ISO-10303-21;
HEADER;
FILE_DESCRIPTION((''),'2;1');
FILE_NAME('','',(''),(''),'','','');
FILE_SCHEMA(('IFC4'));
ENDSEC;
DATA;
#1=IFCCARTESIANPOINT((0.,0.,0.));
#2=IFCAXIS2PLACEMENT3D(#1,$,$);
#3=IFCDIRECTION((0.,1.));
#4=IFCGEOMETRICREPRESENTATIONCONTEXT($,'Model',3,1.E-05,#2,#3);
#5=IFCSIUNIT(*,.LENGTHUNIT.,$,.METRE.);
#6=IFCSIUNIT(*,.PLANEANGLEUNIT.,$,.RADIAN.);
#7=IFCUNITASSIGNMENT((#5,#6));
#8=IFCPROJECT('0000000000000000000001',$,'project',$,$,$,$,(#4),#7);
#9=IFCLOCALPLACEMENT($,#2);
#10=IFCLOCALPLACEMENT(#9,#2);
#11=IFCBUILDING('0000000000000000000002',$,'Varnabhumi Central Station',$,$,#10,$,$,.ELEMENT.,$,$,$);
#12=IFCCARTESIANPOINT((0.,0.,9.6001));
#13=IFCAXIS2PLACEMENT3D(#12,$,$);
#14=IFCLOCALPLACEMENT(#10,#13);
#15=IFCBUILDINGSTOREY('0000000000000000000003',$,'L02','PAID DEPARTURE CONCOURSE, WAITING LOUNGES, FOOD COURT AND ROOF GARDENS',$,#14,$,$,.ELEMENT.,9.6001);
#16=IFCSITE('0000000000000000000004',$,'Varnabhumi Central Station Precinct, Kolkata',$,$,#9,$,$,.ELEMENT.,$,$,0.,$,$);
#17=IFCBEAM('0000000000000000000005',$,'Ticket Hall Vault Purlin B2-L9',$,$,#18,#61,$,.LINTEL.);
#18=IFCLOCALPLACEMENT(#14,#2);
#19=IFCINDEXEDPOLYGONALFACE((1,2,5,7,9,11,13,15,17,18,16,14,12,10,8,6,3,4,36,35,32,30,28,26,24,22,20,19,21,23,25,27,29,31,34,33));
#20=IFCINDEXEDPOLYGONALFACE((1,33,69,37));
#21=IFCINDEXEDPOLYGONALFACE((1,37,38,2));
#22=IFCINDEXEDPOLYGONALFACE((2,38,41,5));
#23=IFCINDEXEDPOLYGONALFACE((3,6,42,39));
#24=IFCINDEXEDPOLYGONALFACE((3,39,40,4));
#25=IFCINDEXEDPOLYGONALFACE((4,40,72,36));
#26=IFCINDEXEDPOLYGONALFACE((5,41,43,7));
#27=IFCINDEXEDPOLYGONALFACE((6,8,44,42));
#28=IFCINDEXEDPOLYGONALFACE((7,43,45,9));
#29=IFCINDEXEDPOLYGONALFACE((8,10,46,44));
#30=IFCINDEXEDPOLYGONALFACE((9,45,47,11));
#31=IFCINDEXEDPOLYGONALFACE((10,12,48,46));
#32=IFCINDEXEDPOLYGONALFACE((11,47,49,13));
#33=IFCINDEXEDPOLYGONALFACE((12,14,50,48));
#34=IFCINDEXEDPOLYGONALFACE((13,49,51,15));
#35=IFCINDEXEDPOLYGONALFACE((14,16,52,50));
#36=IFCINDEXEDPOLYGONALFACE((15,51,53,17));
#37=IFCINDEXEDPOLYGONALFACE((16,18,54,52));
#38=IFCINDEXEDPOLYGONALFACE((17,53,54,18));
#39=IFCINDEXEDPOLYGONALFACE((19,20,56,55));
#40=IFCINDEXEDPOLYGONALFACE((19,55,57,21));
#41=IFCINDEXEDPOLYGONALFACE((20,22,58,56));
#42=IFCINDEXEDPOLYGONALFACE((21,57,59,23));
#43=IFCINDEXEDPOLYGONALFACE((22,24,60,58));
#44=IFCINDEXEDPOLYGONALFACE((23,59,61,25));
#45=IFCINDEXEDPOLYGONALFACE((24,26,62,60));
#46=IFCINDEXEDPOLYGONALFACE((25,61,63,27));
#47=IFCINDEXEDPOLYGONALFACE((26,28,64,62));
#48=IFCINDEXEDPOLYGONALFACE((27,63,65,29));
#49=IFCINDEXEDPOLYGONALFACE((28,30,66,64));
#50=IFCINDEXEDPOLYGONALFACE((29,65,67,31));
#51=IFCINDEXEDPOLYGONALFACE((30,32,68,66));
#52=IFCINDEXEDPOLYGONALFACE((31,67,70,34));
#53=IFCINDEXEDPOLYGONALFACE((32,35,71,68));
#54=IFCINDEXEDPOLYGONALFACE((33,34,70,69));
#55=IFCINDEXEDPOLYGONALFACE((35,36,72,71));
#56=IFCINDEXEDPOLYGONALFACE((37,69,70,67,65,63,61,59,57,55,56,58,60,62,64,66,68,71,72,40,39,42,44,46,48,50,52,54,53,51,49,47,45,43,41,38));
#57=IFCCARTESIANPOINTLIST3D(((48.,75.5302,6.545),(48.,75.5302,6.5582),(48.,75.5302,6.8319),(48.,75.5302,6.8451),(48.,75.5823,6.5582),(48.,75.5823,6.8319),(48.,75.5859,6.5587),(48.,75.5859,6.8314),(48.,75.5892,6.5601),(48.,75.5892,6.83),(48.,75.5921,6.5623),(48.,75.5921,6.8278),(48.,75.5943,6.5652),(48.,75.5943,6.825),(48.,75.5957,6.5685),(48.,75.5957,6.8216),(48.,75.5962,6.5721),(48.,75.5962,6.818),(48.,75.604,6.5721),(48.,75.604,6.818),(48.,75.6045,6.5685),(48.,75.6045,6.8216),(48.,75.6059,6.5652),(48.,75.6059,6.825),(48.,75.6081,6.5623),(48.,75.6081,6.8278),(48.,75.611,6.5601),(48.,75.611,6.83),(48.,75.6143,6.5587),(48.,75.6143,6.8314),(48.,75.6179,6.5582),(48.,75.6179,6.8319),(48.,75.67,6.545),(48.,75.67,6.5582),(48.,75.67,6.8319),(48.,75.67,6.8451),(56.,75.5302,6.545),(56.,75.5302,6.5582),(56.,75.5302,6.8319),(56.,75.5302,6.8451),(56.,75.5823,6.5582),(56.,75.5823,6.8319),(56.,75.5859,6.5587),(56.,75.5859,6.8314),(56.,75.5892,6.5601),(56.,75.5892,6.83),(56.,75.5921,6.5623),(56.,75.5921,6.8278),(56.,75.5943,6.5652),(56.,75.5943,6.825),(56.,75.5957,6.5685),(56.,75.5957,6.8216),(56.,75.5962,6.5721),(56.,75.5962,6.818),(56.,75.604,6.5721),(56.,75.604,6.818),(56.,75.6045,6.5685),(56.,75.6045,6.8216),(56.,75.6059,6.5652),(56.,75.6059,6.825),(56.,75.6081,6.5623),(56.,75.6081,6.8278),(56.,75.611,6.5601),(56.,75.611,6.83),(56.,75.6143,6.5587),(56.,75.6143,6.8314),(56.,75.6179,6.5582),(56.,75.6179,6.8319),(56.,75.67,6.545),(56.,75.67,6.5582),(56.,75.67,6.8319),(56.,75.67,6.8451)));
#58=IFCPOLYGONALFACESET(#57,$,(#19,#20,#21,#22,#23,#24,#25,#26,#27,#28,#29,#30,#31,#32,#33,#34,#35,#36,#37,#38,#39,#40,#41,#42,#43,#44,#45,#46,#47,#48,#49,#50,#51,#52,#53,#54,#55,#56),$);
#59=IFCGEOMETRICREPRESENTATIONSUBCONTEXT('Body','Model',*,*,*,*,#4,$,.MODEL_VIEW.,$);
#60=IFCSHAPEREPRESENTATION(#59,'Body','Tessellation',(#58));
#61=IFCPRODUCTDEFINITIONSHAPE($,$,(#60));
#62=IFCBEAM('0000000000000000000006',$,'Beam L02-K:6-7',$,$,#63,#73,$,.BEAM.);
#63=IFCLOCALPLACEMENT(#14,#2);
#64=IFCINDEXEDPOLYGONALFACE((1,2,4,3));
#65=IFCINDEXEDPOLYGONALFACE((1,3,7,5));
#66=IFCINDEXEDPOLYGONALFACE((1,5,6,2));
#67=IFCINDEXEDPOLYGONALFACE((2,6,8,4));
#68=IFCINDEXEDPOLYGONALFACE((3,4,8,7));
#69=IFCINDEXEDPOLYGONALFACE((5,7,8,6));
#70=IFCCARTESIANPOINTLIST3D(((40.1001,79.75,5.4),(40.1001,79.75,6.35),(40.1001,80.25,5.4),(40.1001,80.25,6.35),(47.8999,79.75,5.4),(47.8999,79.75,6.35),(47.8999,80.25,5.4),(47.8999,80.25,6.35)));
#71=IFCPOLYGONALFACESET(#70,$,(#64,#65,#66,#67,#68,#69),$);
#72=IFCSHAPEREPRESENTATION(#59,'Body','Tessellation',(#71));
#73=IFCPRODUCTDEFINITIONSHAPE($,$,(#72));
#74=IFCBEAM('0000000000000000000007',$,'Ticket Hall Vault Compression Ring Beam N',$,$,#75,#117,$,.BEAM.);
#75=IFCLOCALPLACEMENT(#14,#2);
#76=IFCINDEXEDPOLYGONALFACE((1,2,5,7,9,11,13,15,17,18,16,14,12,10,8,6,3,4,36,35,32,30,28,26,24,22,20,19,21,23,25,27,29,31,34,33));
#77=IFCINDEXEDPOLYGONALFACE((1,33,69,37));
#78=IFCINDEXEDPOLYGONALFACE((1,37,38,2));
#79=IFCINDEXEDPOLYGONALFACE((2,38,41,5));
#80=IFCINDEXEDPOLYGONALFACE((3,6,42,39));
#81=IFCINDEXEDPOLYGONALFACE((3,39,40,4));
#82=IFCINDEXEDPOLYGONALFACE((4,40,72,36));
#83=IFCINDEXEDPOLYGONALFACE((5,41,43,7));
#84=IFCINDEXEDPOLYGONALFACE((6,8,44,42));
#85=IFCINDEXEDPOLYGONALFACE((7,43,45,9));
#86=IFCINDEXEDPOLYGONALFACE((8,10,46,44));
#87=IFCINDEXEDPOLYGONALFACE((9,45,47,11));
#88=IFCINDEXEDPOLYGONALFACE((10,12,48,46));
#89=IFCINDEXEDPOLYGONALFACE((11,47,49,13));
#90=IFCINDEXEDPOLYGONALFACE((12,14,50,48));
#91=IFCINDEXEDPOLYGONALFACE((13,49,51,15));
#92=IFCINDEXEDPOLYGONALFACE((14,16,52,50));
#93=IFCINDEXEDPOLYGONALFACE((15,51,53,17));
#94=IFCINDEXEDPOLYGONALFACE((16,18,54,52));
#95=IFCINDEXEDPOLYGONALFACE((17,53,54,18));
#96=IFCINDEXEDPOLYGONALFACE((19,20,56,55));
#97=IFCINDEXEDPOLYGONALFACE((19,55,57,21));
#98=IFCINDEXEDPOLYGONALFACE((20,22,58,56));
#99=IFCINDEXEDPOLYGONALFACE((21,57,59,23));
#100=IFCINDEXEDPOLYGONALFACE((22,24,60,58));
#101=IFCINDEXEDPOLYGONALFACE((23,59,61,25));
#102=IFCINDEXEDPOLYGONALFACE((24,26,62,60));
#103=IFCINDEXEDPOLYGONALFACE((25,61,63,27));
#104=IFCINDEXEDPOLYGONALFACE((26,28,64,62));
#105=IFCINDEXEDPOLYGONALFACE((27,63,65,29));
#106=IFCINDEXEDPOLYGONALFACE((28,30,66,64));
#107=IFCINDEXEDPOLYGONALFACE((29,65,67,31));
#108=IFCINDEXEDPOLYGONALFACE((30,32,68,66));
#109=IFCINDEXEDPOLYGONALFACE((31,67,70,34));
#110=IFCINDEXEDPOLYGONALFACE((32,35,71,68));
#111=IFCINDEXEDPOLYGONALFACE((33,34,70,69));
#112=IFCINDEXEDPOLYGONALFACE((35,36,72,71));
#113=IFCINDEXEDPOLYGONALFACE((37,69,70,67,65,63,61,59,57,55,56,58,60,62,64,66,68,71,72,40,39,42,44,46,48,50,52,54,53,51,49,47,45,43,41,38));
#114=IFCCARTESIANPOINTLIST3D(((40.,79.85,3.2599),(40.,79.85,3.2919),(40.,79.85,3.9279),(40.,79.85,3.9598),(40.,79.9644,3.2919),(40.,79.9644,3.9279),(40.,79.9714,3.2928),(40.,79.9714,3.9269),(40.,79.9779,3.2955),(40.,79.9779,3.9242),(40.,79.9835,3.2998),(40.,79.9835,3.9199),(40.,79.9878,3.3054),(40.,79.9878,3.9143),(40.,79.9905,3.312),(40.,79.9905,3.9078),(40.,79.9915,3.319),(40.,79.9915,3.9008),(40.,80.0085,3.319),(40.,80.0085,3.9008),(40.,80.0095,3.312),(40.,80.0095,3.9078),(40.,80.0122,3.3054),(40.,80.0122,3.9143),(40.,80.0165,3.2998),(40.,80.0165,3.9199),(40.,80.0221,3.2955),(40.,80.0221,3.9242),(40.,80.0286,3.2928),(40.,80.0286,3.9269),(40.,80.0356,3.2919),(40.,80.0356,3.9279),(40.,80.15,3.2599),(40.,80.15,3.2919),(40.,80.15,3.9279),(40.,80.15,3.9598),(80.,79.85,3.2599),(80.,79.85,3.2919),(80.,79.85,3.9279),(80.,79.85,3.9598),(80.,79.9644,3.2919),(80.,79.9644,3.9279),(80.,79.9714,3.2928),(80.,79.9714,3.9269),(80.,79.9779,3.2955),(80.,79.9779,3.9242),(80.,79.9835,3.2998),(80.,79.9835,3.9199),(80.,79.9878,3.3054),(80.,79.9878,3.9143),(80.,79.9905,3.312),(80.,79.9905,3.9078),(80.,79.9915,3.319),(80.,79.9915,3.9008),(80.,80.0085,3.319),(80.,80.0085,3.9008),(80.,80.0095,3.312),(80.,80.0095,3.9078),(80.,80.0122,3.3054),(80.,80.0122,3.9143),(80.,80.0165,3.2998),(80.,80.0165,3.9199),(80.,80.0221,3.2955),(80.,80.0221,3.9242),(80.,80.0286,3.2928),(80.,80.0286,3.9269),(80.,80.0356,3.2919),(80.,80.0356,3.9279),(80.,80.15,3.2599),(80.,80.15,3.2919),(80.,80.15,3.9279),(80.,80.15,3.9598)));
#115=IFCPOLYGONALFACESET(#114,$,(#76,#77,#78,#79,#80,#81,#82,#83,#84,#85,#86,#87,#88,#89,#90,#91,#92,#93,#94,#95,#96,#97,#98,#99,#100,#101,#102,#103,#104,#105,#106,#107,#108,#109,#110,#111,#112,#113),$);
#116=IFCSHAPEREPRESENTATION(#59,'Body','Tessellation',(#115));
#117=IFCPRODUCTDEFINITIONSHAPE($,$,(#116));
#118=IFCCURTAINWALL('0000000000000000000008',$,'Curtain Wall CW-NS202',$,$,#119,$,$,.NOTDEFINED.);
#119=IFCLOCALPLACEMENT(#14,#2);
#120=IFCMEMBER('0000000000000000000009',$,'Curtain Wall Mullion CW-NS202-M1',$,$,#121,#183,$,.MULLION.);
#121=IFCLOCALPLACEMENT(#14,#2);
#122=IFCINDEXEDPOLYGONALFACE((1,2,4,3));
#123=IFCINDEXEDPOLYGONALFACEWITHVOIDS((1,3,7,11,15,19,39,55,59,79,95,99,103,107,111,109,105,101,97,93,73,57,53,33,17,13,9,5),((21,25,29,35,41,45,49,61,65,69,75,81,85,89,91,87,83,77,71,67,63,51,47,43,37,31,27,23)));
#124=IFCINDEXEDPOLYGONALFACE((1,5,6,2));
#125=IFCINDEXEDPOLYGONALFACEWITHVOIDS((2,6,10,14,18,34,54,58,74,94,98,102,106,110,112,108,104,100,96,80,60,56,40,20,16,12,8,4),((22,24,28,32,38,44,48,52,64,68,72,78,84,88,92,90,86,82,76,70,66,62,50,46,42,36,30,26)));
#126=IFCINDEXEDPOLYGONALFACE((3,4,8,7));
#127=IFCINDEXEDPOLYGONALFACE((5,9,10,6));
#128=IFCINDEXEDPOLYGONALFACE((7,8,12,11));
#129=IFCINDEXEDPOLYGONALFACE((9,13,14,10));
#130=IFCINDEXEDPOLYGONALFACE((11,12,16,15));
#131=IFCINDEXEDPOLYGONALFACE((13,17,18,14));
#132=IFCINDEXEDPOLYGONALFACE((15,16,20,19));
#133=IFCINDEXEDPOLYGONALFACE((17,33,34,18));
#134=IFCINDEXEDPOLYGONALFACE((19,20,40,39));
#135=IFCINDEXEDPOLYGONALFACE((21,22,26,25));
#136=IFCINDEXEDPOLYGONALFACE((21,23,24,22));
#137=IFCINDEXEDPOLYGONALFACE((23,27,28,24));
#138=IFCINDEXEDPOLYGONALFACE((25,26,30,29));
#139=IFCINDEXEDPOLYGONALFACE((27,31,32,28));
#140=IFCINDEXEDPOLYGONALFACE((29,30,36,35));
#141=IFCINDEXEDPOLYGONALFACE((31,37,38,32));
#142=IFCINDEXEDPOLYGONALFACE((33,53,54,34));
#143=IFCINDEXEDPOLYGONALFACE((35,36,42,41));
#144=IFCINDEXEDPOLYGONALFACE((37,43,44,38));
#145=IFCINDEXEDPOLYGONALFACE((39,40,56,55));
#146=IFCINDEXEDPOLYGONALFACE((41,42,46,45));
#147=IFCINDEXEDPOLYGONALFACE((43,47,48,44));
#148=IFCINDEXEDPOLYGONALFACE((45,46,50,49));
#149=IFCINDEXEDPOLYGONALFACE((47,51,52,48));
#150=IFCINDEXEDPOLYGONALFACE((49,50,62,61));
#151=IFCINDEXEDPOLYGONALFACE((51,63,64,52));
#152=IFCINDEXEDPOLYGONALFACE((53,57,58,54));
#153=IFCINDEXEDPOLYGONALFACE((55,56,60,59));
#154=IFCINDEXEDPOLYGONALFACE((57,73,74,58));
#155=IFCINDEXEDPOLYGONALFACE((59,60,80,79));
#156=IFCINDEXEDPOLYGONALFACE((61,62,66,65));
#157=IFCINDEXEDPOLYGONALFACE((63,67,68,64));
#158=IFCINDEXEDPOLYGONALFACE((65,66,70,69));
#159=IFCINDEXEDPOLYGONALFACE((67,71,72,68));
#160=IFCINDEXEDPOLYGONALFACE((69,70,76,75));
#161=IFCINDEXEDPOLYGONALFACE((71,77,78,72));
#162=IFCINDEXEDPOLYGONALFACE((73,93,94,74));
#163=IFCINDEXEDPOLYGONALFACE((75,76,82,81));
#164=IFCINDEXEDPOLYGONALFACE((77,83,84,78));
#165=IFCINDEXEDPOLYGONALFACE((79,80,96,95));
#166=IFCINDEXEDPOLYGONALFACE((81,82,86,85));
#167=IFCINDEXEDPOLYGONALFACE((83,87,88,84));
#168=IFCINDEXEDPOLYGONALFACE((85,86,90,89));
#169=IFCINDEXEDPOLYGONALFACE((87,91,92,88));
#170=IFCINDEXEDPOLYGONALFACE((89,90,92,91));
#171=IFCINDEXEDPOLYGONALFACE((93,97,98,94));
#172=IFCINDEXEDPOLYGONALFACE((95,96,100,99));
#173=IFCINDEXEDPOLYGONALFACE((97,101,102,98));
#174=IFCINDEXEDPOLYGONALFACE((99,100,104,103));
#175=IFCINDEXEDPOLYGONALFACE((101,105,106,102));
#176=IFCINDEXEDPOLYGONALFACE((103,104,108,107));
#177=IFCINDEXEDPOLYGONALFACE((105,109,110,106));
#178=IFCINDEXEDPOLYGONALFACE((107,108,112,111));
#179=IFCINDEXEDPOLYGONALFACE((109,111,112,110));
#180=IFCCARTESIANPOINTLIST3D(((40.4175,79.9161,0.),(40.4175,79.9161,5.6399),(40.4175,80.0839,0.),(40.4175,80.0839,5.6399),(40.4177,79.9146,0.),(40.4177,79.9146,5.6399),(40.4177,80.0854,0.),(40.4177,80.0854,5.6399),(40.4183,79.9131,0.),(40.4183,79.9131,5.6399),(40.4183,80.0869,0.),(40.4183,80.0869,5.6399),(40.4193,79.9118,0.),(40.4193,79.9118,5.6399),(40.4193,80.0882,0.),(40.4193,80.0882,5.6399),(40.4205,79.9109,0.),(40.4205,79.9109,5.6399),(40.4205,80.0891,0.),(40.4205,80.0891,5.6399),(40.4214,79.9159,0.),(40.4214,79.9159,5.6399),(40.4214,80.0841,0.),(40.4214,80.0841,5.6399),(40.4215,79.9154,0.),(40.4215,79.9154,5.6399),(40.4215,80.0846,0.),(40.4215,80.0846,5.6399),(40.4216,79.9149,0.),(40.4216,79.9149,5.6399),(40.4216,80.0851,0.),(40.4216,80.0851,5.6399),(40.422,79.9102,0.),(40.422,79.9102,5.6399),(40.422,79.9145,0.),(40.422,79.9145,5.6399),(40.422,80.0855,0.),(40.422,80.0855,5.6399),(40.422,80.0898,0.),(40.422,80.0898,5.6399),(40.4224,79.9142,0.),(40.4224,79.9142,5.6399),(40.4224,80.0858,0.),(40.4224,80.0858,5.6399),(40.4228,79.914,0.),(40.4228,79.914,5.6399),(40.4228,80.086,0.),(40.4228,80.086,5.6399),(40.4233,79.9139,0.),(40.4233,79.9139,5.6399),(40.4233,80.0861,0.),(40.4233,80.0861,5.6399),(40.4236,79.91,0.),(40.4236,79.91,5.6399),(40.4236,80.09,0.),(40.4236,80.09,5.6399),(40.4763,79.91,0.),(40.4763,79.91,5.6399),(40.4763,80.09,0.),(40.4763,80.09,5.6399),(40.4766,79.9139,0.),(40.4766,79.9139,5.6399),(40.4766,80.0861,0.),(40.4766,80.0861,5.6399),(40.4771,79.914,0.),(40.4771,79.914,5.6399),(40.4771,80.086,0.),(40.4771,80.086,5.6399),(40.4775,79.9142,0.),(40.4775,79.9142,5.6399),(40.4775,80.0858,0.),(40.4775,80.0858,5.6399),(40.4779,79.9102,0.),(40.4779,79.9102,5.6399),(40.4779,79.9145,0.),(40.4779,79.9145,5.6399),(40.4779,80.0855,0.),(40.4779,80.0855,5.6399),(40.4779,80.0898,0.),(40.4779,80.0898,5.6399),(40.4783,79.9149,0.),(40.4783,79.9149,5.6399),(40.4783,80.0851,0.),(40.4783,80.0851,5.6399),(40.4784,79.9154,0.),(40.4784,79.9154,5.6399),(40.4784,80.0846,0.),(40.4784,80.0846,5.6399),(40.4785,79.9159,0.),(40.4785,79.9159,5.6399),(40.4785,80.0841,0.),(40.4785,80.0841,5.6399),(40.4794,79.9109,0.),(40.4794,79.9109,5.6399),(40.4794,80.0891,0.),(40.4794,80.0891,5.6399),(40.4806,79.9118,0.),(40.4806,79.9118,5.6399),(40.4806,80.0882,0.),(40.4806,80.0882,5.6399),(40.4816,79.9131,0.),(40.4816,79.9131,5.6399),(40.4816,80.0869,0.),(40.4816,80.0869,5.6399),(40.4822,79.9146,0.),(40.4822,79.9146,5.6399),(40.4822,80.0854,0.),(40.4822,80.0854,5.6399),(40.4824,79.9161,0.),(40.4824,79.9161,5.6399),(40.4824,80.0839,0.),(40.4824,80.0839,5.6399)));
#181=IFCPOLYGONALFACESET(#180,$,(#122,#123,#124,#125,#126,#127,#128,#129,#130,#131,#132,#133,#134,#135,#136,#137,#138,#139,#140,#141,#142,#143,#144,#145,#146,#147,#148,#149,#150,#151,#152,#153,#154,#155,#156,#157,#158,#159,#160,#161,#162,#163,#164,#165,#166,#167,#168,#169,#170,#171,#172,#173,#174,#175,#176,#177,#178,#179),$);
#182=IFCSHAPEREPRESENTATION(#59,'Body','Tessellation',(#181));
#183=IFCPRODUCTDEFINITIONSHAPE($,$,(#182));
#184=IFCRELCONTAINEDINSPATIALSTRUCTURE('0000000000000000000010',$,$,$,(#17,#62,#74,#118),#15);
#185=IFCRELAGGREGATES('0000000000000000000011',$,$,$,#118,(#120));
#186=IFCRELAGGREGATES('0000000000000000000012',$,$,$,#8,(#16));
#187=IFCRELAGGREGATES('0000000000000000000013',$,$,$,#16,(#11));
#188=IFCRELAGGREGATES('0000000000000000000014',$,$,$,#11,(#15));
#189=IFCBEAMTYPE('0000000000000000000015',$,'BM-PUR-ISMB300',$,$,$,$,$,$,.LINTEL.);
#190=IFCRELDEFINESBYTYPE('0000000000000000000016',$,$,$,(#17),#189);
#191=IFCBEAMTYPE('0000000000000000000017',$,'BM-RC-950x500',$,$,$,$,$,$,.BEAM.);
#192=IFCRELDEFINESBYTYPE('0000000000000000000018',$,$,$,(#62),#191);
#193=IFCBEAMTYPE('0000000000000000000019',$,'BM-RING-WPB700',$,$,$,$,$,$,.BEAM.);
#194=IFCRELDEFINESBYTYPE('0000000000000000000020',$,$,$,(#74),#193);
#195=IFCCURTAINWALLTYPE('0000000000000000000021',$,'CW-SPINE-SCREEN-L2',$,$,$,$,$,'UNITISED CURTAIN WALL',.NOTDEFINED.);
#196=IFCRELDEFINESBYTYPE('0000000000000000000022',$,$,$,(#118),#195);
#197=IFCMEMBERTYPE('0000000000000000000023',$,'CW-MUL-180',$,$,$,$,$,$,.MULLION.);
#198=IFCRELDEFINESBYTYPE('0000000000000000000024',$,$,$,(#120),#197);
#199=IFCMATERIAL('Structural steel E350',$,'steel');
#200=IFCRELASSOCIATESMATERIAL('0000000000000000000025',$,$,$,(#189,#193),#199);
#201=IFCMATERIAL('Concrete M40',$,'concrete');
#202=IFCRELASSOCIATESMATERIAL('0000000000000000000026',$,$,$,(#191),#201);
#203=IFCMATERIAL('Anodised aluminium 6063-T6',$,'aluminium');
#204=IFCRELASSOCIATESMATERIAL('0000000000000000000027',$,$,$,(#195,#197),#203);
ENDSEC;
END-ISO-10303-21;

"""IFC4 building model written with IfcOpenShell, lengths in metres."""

from ifc_helpers import new_model, si_unit, direction, frame, origin, origin_2d, place, context, subcontext, project, spatial, rectangle, hollow_rectangle, i_section, extrude, material, material_profile, profile_set, type_object, element, aggregate, save


model = new_model("IFC4")

# Units and contexts
model_context = context("Model", 3, precision=1e-05, world=origin(), true_north=direction((0.0, 1.0)))
body_context = subcontext(model_context, "Body", "Model", "MODEL_VIEW")
ifc_project = project(units=[si_unit("LENGTHUNIT", "METRE"), si_unit("PLANEANGLEUNIT", "RADIAN")], contexts=[model_context])

# Site, building, storey
site_placement = place(None, origin())
site = spatial("IfcSite", under=ifc_project, at=site_placement, Name="Varnabhumi Central Station Precinct, Kolkata", CompositionType="ELEMENT", RefElevation=0.0)
building_placement = place(site_placement, origin())
building = spatial("IfcBuilding", under=site, at=building_placement, Name="Varnabhumi Central Station", CompositionType="ELEMENT")
storey_placement = place(building_placement, frame((0.0, 0.0, 9.6001)))
storey = spatial("IfcBuildingStorey", under=building, at=storey_placement, Name="L02", Description="PAID DEPARTURE CONCOURSE, WAITING LOUNGES, FOOD COURT AND ROOF GARDENS", CompositionType="ELEMENT", Elevation=9.6001)

# Beams
ifc_material_1 = material(Name="Structural steel E350", Category="steel")
ifc_material_profile_1 = material_profile(ifc_material_1, i_section(OverallWidth=0.1399, OverallDepth=0.3, WebThickness=0.0078, FlangeThickness=0.0132, FilletRadius=0.0139, at=origin_2d()), Name="Structural steel E350", Category="steel")
ifc_profile_set_1 = profile_set([ifc_material_profile_1], Name="Structural steel E350")
beam_type_1 = type_object("IfcBeamType", Name="BM-PUR-ISMB300", PredefinedType="LINTEL", material=ifc_profile_set_1)
beam_1_placement = place(storey_placement, frame((48.0, 75.6001, 6.6951), z_axis=(1.0, 0.0, 0.0), x_axis=(0.0, 1.0, 0.0)))
element("IfcBeam", 1, at=beam_1_placement, inside=storey, type_object=beam_type_1, Name="Ticket Hall Vault Purlin B2-L9", PredefinedType="LINTEL", context=body_context, shape_type="SweptSolid", body=[
    extrude(i_section(OverallWidth=0.1399, OverallDepth=0.3, WebThickness=0.0078, FlangeThickness=0.0132, FilletRadius=0.0139, at=origin_2d()), origin(), (0.0, 0.0, 1.0), 8.0),
])
ifc_material_2 = material(Name="Concrete M40", Category="concrete")
ifc_material_profile_2 = material_profile(ifc_material_2, rectangle(XDim=0.5, YDim=0.95, at=origin_2d()), Name="Concrete M40", Category="concrete")
ifc_profile_set_2 = profile_set([ifc_material_profile_2], Name="Concrete M40")
beam_type_2 = type_object("IfcBeamType", Name="BM-RC-950x500", PredefinedType="BEAM", material=ifc_profile_set_2)
beam_2_placement = place(storey_placement, frame((40.1001, 80.0, 5.875), z_axis=(1.0, 0.0, 0.0), x_axis=(0.0, 1.0, 0.0)))
element("IfcBeam", 2, at=beam_2_placement, inside=storey, type_object=beam_type_2, Name="Beam L02-K:6-7", PredefinedType="BEAM", context=body_context, shape_type="SweptSolid", body=[
    extrude(rectangle(XDim=0.5, YDim=0.95, at=origin_2d()), origin(), (0.0, 0.0, 1.0), 7.7998),
])
ifc_material_profile_3 = material_profile(ifc_material_1, i_section(OverallWidth=0.3, OverallDepth=0.7, WebThickness=0.0171, FlangeThickness=0.032, FilletRadius=0.0271, at=origin_2d()), Name="Structural steel E350", Category="steel")
ifc_profile_set_3 = profile_set([ifc_material_profile_3], Name="Structural steel E350")
beam_type_3 = type_object("IfcBeamType", Name="BM-RING-WPB700", PredefinedType="BEAM", material=ifc_profile_set_3)
beam_3_placement = place(storey_placement, frame((40.0, 80.0, 3.6099), z_axis=(1.0, 0.0, 0.0), x_axis=(0.0, 1.0, 0.0)))
element("IfcBeam", 3, at=beam_3_placement, inside=storey, type_object=beam_type_3, Name="Ticket Hall Vault Compression Ring Beam N", PredefinedType="BEAM", context=body_context, shape_type="SweptSolid", body=[
    extrude(i_section(OverallWidth=0.3, OverallDepth=0.7, WebThickness=0.0171, FlangeThickness=0.032, FilletRadius=0.0271, at=origin_2d()), origin(), (0.0, 0.0, 1.0), 40.0),
])

# Curtain wall, member
ifc_material_3 = material(Name="Anodised aluminium 6063-T6", Category="aluminium")
curtain_wall_type_1 = type_object("IfcCurtainWallType", Name="CW-SPINE-SCREEN-L2", ElementType="UNITISED CURTAIN WALL", PredefinedType="NOTDEFINED", material=ifc_material_3)
curtain_wall_1_placement = place(storey_placement, origin())
curtain_wall_1 = element("IfcCurtainWall", 4, at=curtain_wall_1_placement, inside=storey, type_object=curtain_wall_type_1, Name="Curtain Wall CW-NS202", PredefinedType="NOTDEFINED")
ifc_material_profile_4 = material_profile(ifc_material_3, hollow_rectangle(XDim=0.0649, YDim=0.1799, WallThickness=0.0039, InnerFilletRadius=0.002, OuterFilletRadius=0.0061, at=origin_2d()), Name="Anodised aluminium 6063-T6", Category="aluminium")
ifc_profile_set_4 = profile_set([ifc_material_profile_4], Name="Anodised aluminium 6063-T6")
member_type_1 = type_object("IfcMemberType", Name="CW-MUL-180", PredefinedType="MULLION", material=ifc_profile_set_4)
member_1_placement = place(storey_placement, frame((40.45, 80.0, 0.0), z_axis=(0.0, 0.0, 1.0), x_axis=(1.0, 0.0, 0.0)))
member_1 = element("IfcMember", 5, at=member_1_placement, type_object=member_type_1, Name="Curtain Wall Mullion CW-NS202-M1", PredefinedType="MULLION", context=body_context, shape_type="SweptSolid", body=[
    extrude(hollow_rectangle(XDim=0.0649, YDim=0.1799, WallThickness=0.0039, InnerFilletRadius=0.002, OuterFilletRadius=0.0061, at=origin_2d()), origin(), (0.0, 0.0, 1.0), 5.6399),
])

aggregate(curtain_wall_1, [member_1])

save(model, "model.ifc")
